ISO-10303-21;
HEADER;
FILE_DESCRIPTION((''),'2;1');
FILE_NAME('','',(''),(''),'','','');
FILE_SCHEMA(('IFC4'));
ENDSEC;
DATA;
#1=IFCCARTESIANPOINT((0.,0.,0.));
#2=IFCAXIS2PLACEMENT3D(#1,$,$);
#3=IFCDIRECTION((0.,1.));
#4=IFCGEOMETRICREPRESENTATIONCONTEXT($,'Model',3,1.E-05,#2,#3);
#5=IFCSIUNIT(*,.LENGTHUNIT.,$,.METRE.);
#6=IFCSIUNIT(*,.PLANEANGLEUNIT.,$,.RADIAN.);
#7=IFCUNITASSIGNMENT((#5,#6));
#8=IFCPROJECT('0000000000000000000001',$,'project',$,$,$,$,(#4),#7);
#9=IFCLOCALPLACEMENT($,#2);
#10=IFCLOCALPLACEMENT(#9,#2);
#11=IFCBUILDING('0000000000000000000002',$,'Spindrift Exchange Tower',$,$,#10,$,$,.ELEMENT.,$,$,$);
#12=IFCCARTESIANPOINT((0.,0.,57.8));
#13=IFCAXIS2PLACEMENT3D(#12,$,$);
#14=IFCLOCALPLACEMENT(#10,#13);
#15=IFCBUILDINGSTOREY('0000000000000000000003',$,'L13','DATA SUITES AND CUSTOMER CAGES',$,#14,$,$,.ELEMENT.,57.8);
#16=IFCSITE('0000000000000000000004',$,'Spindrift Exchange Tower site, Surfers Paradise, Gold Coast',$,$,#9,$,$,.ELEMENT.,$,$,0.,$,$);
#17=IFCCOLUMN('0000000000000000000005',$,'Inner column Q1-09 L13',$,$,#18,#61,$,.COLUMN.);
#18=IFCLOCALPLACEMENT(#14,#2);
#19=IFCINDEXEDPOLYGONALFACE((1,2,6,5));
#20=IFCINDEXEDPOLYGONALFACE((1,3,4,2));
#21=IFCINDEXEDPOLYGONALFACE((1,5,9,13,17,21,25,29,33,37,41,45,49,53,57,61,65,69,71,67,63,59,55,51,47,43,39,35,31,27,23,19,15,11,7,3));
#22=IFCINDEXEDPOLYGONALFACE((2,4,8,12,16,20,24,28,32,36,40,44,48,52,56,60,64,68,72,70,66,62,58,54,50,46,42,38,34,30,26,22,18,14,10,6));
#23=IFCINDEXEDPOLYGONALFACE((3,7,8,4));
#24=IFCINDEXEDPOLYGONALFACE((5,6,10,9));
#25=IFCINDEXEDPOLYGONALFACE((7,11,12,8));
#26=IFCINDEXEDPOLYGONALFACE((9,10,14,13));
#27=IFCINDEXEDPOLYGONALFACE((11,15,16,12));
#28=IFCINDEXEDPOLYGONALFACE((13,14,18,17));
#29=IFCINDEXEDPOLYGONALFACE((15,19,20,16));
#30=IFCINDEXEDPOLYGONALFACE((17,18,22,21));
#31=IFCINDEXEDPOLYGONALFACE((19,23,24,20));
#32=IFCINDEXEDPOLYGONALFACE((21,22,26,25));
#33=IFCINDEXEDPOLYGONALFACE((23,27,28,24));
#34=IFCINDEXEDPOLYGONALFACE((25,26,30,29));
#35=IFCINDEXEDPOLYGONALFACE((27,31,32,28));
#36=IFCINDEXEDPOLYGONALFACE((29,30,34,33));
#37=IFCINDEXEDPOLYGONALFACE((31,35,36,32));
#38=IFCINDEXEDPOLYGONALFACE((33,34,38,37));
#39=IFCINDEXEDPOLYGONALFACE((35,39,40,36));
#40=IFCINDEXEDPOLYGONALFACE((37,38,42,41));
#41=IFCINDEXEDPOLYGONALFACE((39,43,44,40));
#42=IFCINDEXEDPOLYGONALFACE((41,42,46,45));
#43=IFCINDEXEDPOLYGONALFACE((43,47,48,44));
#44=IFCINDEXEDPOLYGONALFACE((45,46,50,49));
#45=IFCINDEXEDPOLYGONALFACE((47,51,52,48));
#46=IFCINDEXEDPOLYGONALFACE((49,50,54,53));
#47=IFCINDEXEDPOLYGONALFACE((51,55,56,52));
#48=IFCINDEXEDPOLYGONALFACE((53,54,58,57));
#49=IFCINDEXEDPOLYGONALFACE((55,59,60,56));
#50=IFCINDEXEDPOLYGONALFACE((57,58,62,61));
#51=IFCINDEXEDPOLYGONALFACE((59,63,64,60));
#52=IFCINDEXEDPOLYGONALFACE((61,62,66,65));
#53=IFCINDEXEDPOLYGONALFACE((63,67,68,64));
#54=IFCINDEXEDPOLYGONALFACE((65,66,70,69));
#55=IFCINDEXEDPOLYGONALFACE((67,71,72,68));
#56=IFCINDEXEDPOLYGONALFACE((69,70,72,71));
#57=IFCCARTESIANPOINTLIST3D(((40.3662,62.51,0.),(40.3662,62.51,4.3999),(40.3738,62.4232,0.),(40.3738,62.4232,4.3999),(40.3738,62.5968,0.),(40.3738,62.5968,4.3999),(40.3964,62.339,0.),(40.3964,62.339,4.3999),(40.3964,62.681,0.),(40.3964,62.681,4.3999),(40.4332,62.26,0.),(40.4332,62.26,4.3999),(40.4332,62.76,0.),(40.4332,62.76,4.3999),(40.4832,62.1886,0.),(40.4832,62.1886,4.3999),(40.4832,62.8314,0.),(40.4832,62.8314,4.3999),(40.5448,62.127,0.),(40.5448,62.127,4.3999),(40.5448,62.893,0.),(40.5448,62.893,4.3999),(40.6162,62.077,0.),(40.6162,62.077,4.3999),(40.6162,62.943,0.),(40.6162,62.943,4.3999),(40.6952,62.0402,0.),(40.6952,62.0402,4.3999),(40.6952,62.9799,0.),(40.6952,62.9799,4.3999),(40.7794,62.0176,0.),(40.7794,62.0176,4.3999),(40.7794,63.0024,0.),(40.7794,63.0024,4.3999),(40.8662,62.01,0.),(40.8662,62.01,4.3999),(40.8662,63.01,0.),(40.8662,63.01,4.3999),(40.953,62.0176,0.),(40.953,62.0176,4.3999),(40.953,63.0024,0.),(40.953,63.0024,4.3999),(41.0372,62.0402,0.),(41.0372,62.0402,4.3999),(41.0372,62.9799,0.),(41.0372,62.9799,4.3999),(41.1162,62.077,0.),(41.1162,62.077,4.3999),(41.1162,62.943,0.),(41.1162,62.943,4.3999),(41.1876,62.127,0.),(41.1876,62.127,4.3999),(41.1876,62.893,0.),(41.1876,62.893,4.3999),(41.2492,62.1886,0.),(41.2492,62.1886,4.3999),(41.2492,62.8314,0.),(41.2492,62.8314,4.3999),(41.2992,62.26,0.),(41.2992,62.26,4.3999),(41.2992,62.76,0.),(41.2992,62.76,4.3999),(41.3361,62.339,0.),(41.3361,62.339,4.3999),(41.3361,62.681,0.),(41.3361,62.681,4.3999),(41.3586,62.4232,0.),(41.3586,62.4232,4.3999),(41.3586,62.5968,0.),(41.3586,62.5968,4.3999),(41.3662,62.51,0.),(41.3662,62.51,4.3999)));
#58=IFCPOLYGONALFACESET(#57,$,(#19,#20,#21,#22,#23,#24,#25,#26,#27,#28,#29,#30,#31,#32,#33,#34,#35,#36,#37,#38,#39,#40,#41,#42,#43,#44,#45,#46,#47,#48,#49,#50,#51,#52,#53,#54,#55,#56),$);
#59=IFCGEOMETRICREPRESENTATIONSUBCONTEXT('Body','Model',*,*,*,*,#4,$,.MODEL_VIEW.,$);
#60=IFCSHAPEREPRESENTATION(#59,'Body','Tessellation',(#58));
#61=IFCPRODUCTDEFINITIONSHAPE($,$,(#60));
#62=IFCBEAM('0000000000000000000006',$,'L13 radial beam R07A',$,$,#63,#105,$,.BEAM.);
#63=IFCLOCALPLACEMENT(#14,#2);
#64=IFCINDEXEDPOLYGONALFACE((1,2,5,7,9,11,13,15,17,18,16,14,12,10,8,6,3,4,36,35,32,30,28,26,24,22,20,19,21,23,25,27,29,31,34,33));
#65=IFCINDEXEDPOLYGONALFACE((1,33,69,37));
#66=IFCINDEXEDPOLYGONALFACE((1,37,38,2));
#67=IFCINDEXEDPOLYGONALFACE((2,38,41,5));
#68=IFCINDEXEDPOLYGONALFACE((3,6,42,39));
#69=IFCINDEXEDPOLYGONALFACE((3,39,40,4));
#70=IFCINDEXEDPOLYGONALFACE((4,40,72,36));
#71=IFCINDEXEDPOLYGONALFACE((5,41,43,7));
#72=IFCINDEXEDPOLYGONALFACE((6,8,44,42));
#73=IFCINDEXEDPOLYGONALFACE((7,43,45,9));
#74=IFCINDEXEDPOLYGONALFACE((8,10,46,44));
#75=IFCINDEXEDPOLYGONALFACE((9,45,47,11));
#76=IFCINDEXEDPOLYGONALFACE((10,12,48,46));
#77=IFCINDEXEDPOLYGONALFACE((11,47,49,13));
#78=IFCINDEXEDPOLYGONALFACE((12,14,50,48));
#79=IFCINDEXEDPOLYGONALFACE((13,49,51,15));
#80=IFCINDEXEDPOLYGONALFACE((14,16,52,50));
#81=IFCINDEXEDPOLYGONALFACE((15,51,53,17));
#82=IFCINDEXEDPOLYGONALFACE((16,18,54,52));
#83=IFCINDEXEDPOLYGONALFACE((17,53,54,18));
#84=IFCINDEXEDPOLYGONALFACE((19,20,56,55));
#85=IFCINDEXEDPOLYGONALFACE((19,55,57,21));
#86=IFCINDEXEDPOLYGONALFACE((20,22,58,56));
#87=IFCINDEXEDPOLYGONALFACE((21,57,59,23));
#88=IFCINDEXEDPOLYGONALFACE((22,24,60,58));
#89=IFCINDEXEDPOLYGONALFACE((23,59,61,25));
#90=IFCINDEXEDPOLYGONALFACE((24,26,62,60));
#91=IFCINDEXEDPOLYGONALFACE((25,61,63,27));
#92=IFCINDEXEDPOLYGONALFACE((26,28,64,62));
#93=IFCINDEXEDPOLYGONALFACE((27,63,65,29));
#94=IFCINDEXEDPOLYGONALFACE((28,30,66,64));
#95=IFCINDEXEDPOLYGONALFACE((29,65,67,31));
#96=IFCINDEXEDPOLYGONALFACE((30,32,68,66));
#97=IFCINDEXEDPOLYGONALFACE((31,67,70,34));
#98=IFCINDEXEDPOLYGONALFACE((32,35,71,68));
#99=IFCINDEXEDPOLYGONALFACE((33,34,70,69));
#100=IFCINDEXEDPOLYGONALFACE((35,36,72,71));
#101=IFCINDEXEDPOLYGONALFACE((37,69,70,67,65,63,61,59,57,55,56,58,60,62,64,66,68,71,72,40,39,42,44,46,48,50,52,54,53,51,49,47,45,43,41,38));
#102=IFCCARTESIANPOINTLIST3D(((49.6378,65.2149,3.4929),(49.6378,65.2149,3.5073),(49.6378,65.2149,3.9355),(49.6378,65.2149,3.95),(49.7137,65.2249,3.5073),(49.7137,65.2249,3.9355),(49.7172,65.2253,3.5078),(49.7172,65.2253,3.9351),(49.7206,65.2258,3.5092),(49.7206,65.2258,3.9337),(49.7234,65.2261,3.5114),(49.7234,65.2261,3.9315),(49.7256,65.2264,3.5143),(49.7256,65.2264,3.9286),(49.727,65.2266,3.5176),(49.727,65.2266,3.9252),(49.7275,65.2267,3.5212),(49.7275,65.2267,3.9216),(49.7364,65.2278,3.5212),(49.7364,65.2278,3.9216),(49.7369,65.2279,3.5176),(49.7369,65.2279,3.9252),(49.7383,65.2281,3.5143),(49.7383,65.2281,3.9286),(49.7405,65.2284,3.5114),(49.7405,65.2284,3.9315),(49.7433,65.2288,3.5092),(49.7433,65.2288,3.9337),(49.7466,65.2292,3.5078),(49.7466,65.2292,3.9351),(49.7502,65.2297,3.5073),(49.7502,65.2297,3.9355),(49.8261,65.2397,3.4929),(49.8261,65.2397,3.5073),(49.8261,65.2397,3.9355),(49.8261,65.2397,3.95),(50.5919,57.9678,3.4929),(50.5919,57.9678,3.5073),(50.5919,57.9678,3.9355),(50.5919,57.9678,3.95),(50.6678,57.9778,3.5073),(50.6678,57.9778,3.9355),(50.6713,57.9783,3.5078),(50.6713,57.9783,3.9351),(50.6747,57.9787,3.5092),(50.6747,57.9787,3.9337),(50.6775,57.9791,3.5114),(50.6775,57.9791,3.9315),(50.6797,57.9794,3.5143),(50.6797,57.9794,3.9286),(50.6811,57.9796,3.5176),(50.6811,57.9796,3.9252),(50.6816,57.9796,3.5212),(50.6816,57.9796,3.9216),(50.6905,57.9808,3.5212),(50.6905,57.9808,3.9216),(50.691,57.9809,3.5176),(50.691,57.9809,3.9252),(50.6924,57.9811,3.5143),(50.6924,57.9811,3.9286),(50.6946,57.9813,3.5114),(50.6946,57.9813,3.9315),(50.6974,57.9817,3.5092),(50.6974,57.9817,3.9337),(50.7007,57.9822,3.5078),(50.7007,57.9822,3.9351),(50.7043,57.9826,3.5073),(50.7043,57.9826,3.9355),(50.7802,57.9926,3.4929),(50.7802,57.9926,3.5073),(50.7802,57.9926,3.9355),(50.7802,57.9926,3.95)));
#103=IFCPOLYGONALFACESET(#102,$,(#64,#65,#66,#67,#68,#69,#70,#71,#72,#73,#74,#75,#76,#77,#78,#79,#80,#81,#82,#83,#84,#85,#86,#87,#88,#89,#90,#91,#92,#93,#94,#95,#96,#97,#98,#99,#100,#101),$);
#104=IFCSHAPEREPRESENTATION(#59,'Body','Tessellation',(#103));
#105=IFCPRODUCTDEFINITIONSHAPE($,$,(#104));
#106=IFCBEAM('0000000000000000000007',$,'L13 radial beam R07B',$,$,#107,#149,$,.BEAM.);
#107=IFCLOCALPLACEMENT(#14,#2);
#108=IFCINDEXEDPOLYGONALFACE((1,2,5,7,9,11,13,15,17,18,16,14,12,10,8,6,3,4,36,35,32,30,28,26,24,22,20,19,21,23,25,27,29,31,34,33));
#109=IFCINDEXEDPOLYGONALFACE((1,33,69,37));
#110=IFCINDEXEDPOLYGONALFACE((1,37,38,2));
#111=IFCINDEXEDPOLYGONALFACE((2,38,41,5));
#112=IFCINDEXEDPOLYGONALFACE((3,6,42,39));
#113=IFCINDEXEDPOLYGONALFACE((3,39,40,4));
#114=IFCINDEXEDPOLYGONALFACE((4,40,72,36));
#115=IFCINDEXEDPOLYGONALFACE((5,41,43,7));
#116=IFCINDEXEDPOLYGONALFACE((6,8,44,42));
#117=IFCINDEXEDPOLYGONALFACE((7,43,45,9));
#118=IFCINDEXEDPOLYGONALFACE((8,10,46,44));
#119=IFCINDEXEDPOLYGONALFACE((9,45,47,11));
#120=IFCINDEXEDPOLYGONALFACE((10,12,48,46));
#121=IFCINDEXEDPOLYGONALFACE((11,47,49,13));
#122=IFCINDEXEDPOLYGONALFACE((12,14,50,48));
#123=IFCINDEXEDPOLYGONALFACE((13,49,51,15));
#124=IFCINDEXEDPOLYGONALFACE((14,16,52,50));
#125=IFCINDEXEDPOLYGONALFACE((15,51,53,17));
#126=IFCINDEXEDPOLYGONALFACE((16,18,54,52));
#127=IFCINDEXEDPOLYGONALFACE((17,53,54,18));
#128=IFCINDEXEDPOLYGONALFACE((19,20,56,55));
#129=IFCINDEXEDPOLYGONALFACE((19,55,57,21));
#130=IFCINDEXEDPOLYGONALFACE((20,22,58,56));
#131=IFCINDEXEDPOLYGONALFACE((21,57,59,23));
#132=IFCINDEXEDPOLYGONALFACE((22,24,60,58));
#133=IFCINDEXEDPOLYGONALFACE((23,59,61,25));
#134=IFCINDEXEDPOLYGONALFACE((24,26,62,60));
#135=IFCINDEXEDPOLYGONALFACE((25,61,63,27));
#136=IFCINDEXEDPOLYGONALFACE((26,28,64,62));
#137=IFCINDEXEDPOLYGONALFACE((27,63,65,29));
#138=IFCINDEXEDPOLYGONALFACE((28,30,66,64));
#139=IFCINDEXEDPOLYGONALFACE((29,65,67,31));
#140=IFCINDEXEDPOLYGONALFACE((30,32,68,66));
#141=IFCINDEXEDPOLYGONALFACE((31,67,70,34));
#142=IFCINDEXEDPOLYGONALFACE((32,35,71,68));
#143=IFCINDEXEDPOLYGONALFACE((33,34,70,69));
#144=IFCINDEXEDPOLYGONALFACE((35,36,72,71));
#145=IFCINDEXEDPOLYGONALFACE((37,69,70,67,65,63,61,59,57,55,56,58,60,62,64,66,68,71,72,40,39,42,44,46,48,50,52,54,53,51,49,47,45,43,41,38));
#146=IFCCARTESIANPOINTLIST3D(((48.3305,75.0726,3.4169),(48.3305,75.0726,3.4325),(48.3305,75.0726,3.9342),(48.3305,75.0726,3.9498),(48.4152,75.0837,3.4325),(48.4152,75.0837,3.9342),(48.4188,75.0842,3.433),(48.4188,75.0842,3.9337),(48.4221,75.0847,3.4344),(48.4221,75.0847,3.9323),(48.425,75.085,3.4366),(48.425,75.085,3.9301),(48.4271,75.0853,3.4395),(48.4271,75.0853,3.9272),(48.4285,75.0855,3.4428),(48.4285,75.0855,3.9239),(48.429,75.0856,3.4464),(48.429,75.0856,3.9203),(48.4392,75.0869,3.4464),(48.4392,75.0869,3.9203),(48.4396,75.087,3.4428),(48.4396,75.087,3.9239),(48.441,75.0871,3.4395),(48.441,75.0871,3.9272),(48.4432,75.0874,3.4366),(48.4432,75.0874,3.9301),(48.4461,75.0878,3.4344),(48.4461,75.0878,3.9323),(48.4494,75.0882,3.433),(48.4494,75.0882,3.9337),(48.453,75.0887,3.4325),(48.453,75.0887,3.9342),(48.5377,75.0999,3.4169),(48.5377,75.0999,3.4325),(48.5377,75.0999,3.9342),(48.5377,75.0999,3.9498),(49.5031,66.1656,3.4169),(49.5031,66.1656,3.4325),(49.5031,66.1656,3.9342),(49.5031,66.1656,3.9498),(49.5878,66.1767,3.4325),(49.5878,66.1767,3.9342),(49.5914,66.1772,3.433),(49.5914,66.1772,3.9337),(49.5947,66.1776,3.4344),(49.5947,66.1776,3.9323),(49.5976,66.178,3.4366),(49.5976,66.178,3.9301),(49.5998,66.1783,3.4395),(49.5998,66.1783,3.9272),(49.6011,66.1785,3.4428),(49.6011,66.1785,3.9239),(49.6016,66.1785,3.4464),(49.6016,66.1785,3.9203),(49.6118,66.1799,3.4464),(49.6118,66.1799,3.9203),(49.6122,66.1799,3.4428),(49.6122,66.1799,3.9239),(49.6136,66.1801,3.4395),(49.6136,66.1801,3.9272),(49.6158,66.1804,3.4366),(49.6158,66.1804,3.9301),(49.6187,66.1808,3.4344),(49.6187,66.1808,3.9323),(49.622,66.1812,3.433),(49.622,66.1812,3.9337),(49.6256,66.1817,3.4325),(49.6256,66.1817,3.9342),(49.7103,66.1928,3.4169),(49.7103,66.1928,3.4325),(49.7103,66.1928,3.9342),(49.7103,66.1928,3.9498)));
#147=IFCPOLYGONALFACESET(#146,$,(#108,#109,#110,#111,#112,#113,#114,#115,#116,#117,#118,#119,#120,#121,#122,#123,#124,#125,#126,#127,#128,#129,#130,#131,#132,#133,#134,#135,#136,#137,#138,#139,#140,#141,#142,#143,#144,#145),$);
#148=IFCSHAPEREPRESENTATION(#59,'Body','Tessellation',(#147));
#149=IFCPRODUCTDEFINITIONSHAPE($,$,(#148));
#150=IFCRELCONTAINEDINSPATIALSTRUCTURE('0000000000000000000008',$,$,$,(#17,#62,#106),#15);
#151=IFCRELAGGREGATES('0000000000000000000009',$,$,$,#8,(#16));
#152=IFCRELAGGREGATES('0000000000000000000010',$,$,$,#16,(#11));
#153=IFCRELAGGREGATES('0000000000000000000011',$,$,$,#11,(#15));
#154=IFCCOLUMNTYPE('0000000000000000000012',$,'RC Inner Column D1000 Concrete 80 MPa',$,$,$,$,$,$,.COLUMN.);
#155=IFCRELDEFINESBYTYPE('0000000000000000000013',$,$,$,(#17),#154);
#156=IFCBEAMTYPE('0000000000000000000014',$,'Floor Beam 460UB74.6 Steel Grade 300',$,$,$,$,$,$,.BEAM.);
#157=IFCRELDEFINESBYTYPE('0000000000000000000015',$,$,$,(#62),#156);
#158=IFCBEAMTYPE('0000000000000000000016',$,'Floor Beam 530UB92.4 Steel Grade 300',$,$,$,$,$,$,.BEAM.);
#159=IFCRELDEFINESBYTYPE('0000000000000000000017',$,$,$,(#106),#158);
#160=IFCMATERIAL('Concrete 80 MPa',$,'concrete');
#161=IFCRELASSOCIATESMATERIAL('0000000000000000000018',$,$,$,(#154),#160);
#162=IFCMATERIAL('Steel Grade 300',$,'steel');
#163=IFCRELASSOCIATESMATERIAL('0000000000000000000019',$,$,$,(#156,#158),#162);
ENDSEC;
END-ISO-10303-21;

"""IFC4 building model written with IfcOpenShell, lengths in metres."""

from ifc_helpers import new_model, si_unit, direction, frame, origin, origin_2d, place, context, subcontext, project, spatial, circle, i_section, extrude, source, transform, mapped, material, material_profile, profile_set, type_object, element, save


model = new_model("IFC4")

# Units and contexts
model_context = context("Model", 3, precision=1e-05, world=origin(), true_north=direction((0.0, 1.0)))
body_context = subcontext(model_context, "Body", "Model", "MODEL_VIEW")
ifc_project = project(units=[si_unit("LENGTHUNIT", "METRE"), si_unit("PLANEANGLEUNIT", "RADIAN")], contexts=[model_context])

# Site, building, storey
site_placement = place(None, origin())
site = spatial("IfcSite", under=ifc_project, at=site_placement, Name="Spindrift Exchange Tower site, Surfers Paradise, Gold Coast", CompositionType="ELEMENT", RefElevation=0.0)
building_placement = place(site_placement, origin())
building = spatial("IfcBuilding", under=site, at=building_placement, Name="Spindrift Exchange Tower", CompositionType="ELEMENT")
storey_placement = place(building_placement, frame((0.0, 0.0, 57.8)))
storey = spatial("IfcBuildingStorey", under=building, at=storey_placement, Name="L13", Description="DATA SUITES AND CUSTOMER CAGES", CompositionType="ELEMENT", Elevation=57.8)

# Column
ifc_material_1 = material(Name="Concrete 80 MPa", Category="concrete")
ifc_material_profile_1 = material_profile(ifc_material_1, circle(Radius=0.5, at=origin_2d()), Name="RC D1000")
ifc_profile_set_1 = profile_set([ifc_material_profile_1], Name="Concrete 80 MPa")
column_type_1 = type_object("IfcColumnType", Name="RC Inner Column D1000 Concrete 80 MPa", PredefinedType="COLUMN", material=ifc_profile_set_1)
shared_shape_1 = source(origin(), body_context, "Body", "SweptSolid", [
    extrude(circle(Radius=0.5, at=origin_2d()), origin(), (0.0, 0.0, 1.0), 4.3999),
])
for number, where, z_axis, x_axis, name in (
    (1, (40.8662, 62.51, 0.0), (0.0, 0.0, 1.0), (1.0, 0.0, 0.0), "Inner column Q1-09 L13"),
):
    element("IfcColumn", number, at=place(storey_placement, frame(where, z_axis=z_axis, x_axis=x_axis)), inside=storey, type_object=column_type_1, Name=name, PredefinedType="COLUMN", context=body_context, shape_type="MappedRepresentation", body=[
        mapped(shared_shape_1, transform((0.0, 0.0, 0.0), scale=1.0)),
    ])

# Beams
ifc_material_2 = material(Name="Steel Grade 300", Category="steel")
ifc_material_profile_2 = material_profile(ifc_material_2, i_section(OverallWidth=0.1899, OverallDepth=0.457, WebThickness=0.009, FlangeThickness=0.0144, FilletRadius=0.0139, at=origin_2d()), Name="460UB74.6")
ifc_profile_set_2 = profile_set([ifc_material_profile_2], Name="Steel Grade 300")
beam_type_1 = type_object("IfcBeamType", Name="Floor Beam 460UB74.6 Steel Grade 300", PredefinedType="BEAM", material=ifc_profile_set_2)
shared_shape_2 = source(origin(), body_context, "Body", "SweptSolid", [
    extrude(i_section(OverallWidth=0.1899, OverallDepth=0.457, WebThickness=0.009, FlangeThickness=0.0144, FilletRadius=0.0139, at=origin_2d()), origin(), (0.0, 0.0, 1.0), 7.3096),
])
beam_1_placement = place(storey_placement, frame((50.686, 57.9802, 3.7214), z_axis=(-0.130527, 0.991445, 0.0), x_axis=(-0.991445, -0.130527, 0.0)))
element("IfcBeam", 2, at=beam_1_placement, inside=storey, type_object=beam_type_1, Name="L13 radial beam R07A", PredefinedType="BEAM", context=body_context, shape_type="MappedRepresentation", body=[
    mapped(shared_shape_2, transform((0.0, 0.0, 0.0), scale=1.0)),
])
ifc_material_profile_3 = material_profile(ifc_material_2, i_section(OverallWidth=0.209, OverallDepth=0.533, WebThickness=0.0103, FlangeThickness=0.0156, FilletRadius=0.0139, at=origin_2d()), Name="530UB92.4")
ifc_profile_set_3 = profile_set([ifc_material_profile_3], Name="Steel Grade 300")
beam_type_2 = type_object("IfcBeamType", Name="Floor Beam 530UB92.4 Steel Grade 300", PredefinedType="BEAM", material=ifc_profile_set_3)
shared_shape_3 = source(origin(), body_context, "Body", "SweptSolid", [
    extrude(i_section(OverallWidth=0.209, OverallDepth=0.533, WebThickness=0.0103, FlangeThickness=0.0156, FilletRadius=0.0139, at=origin_2d()), origin(), (0.0, 0.0, 1.0), 8.9839),
])
beam_2_placement = place(storey_placement, frame((49.6067, 66.1792, 3.6833), z_axis=(-0.130524, 0.991445, 0.0), x_axis=(-0.991445, -0.130524, 0.0)))
element("IfcBeam", 3, at=beam_2_placement, inside=storey, type_object=beam_type_2, Name="L13 radial beam R07B", PredefinedType="BEAM", context=body_context, shape_type="MappedRepresentation", body=[
    mapped(shared_shape_3, transform((0.0, 0.0, 0.0), scale=1.0)),
])

save(model, "model.ifc")
